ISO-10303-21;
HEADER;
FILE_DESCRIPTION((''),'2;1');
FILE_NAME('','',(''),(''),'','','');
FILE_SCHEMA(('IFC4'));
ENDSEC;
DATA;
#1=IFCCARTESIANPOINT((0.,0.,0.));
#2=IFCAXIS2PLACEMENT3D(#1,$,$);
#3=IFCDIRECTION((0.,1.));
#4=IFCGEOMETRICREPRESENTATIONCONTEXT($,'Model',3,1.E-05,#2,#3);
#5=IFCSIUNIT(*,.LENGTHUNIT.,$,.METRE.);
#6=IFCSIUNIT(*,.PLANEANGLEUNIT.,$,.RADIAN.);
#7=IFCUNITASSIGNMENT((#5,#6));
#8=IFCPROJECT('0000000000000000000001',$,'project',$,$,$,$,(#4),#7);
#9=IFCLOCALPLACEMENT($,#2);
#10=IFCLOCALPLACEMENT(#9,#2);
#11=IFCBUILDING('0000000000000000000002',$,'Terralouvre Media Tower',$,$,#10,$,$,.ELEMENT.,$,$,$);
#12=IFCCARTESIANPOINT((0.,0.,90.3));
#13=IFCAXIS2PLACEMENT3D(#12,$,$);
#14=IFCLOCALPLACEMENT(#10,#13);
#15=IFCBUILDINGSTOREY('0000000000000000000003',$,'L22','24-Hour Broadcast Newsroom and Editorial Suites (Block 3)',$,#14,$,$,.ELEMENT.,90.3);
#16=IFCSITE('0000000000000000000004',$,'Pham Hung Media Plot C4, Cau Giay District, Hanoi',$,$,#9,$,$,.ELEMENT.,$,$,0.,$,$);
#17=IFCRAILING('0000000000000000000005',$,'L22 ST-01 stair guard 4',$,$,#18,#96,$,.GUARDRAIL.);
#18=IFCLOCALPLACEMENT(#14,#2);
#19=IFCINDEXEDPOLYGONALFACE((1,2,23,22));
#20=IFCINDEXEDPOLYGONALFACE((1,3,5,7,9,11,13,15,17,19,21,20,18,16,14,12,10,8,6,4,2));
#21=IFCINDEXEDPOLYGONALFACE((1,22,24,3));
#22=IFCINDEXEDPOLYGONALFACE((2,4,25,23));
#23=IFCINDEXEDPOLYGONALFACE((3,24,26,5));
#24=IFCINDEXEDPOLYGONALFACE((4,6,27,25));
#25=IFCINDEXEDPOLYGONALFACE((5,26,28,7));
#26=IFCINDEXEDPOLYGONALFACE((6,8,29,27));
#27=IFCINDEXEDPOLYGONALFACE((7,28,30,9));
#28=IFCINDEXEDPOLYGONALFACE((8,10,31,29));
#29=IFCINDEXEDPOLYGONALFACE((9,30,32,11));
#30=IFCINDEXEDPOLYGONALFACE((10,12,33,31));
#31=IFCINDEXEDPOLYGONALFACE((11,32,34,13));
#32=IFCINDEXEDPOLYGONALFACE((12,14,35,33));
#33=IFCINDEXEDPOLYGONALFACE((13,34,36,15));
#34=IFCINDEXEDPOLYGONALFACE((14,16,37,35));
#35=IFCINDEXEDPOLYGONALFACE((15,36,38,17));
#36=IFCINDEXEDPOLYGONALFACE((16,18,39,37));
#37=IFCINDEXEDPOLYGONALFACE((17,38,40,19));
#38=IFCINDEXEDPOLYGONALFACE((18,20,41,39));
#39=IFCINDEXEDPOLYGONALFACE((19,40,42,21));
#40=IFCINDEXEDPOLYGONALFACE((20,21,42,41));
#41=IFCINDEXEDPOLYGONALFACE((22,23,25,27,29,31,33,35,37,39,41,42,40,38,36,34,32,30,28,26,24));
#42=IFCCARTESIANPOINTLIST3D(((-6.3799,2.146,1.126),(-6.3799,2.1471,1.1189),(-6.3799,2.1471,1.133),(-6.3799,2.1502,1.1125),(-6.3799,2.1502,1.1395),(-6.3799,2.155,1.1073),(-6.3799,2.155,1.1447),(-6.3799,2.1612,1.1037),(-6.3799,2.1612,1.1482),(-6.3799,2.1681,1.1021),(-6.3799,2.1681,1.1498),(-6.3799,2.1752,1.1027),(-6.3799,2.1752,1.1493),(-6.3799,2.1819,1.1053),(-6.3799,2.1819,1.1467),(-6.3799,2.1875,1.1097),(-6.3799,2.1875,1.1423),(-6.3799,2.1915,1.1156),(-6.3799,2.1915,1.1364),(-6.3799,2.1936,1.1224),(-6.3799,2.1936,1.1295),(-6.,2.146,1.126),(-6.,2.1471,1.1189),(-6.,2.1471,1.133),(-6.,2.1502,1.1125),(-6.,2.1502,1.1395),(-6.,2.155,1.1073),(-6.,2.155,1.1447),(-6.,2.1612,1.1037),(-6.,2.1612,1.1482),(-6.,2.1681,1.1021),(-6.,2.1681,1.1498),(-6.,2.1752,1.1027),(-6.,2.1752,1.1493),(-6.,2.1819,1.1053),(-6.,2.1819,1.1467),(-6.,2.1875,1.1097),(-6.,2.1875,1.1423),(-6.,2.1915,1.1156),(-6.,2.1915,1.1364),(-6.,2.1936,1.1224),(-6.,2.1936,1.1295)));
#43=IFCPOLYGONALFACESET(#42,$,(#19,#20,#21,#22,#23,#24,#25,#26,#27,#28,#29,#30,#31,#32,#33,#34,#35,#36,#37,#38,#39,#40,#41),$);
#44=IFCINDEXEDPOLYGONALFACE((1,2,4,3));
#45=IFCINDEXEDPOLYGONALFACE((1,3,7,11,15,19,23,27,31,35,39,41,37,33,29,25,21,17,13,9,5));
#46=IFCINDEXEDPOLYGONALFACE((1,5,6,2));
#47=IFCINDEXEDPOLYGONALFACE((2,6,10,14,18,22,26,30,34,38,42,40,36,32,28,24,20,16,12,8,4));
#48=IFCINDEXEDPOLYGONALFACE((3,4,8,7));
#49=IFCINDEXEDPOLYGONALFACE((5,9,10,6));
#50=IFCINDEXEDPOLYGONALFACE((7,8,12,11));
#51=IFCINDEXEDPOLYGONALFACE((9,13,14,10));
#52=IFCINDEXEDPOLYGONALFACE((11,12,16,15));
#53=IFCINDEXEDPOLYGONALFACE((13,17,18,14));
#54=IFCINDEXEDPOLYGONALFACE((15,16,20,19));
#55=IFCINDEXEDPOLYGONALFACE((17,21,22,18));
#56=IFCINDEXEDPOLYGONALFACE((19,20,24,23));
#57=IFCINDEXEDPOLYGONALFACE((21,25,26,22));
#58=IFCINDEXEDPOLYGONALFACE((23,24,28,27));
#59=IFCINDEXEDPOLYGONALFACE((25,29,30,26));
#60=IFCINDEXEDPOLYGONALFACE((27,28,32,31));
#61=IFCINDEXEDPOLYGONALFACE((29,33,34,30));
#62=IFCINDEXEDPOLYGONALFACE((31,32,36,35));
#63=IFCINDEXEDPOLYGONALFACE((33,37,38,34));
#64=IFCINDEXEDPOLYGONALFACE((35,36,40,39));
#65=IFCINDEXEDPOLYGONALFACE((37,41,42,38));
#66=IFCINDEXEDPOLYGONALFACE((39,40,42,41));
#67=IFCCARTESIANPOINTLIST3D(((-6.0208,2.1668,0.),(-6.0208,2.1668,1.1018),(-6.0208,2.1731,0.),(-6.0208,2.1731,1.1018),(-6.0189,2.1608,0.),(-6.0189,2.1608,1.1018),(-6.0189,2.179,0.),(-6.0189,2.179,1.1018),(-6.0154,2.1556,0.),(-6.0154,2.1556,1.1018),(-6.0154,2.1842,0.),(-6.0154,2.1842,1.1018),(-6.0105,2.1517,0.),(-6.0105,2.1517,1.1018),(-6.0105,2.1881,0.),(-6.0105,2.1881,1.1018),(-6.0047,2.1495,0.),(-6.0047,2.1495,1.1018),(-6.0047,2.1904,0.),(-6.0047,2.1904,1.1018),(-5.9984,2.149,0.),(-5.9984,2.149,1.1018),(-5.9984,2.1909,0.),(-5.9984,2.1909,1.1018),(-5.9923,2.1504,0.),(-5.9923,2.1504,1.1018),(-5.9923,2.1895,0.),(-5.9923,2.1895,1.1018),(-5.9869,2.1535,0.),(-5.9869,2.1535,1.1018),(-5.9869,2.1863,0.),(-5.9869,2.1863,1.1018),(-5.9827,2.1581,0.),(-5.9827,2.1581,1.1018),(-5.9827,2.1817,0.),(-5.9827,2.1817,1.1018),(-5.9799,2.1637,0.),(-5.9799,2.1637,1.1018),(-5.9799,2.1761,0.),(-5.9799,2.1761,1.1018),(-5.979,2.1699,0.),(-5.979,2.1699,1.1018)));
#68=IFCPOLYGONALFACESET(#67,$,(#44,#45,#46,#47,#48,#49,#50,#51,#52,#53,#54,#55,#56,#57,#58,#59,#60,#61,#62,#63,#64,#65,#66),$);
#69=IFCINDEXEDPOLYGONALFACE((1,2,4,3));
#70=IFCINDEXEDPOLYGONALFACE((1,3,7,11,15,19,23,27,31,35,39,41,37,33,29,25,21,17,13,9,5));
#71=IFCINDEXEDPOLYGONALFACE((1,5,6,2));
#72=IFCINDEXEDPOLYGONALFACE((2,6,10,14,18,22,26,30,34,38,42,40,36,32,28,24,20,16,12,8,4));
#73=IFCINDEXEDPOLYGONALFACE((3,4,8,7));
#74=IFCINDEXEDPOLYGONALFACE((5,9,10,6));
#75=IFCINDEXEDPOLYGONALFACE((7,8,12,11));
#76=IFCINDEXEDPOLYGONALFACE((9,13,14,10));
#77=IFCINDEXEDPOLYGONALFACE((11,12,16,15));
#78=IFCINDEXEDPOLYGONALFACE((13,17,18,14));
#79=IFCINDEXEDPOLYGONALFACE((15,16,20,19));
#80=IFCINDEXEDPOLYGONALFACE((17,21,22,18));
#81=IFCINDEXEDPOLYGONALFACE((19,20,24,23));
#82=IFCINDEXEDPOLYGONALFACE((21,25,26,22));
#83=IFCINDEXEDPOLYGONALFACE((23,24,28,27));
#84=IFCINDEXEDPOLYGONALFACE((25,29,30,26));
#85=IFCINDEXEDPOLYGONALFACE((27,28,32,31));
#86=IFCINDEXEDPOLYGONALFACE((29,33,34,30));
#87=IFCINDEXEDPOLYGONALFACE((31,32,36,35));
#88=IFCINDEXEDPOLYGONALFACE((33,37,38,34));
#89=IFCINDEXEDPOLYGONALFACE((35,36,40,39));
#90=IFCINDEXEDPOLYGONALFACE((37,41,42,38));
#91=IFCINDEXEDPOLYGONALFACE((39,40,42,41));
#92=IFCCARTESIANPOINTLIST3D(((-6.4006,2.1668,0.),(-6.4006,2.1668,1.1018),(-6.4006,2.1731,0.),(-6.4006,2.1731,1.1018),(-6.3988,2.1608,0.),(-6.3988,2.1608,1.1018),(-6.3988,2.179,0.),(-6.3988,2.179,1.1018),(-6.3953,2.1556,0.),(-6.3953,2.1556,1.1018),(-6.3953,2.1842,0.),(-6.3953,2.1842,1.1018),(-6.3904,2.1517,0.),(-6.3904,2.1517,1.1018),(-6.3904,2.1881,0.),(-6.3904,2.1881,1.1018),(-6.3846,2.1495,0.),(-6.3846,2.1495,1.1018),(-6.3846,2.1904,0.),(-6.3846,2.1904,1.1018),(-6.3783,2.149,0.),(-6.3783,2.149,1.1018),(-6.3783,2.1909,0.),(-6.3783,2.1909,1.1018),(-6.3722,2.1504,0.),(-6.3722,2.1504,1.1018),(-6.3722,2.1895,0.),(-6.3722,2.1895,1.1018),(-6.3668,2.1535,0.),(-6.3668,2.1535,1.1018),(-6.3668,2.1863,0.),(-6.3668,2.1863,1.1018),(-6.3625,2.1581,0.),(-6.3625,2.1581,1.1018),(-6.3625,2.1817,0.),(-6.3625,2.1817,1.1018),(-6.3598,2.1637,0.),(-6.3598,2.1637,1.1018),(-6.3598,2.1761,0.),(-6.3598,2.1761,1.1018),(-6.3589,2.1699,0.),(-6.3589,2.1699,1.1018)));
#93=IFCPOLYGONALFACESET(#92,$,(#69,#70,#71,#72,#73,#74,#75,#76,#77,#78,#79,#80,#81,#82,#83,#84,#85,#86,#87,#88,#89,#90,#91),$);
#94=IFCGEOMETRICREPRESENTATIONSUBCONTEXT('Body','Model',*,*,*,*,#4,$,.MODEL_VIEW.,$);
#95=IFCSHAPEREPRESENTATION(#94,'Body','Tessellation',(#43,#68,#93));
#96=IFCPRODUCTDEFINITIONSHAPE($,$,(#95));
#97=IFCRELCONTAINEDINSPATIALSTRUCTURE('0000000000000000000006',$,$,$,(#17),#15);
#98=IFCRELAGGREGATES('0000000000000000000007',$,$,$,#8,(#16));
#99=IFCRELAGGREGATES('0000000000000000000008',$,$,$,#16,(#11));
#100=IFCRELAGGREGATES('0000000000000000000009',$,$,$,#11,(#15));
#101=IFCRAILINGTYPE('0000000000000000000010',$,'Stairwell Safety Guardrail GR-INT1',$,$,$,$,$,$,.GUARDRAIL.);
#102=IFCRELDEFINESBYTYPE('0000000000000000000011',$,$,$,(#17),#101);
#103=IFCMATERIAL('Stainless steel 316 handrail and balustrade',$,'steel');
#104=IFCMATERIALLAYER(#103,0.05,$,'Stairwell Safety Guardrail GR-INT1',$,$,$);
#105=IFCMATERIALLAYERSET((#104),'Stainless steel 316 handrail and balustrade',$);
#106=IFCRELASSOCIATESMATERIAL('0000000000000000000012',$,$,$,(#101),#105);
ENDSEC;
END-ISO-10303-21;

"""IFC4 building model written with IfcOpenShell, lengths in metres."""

from ifc_helpers import new_model, si_unit, direction, frame, origin, origin_2d, place, context, subcontext, project, spatial, circle, extrude, material, layer, layer_set, type_object, element, save


model = new_model("IFC4")

# Units and contexts
model_context = context("Model", 3, precision=1e-05, world=origin(), true_north=direction((0.0, 1.0)))
body_context = subcontext(model_context, "Body", "Model", "MODEL_VIEW")
ifc_project = project(units=[si_unit("LENGTHUNIT", "METRE"), si_unit("PLANEANGLEUNIT", "RADIAN")], contexts=[model_context])

# Site, building, storey
site_placement = place(None, origin())
site = spatial("IfcSite", under=ifc_project, at=site_placement, Name="Pham Hung Media Plot C4, Cau Giay District, Hanoi", CompositionType="ELEMENT", RefElevation=0.0)
building_placement = place(site_placement, origin())
building = spatial("IfcBuilding", under=site, at=building_placement, Name="Terralouvre Media Tower", CompositionType="ELEMENT")
storey_placement = place(building_placement, frame((0.0, 0.0, 90.3)))
storey = spatial("IfcBuildingStorey", under=building, at=storey_placement, Name="L22", Description="24-Hour Broadcast Newsroom and Editorial Suites (Block 3)", CompositionType="ELEMENT", Elevation=90.3)

# Railing
ifc_material_1 = material(Name="Stainless steel 316 handrail and balustrade", Category="steel")
ifc_layer_1 = layer(ifc_material_1, 0.05, Name="Stairwell Safety Guardrail GR-INT1")
ifc_layer_set_1 = layer_set([ifc_layer_1], Name="Stainless steel 316 handrail and balustrade")
railing_type_1 = type_object("IfcRailingType", Name="Stairwell Safety Guardrail GR-INT1", PredefinedType="GUARDRAIL", material=ifc_layer_set_1)
railing_1_placement = place(storey_placement, frame((-6.0, 2.1699, 0.0)))
element("IfcRailing", 1, at=railing_1_placement, inside=storey, type_object=railing_type_1, Name="L22 ST-01 stair guard 4", PredefinedType="GUARDRAIL", context=body_context, shape_type="SweptSolid", body=[
    extrude(circle(Radius=0.0239, at=origin_2d()), frame((0.0, 0.0, 1.126), z_axis=(-1.0, 0.0, 0.0), x_axis=(0.0, -1.0, 0.0)), (0.0, 0.0, 1.0), 0.3799),
    extrude(circle(Radius=0.021, at=origin_2d()), origin(), (0.0, 0.0, 1.0), 1.1018),
    extrude(circle(Radius=0.021, at=origin_2d()), frame((-0.3799, 0.0, 0.0)), (0.0, 0.0, 1.0), 1.1018),
])

save(model, "model.ifc")
